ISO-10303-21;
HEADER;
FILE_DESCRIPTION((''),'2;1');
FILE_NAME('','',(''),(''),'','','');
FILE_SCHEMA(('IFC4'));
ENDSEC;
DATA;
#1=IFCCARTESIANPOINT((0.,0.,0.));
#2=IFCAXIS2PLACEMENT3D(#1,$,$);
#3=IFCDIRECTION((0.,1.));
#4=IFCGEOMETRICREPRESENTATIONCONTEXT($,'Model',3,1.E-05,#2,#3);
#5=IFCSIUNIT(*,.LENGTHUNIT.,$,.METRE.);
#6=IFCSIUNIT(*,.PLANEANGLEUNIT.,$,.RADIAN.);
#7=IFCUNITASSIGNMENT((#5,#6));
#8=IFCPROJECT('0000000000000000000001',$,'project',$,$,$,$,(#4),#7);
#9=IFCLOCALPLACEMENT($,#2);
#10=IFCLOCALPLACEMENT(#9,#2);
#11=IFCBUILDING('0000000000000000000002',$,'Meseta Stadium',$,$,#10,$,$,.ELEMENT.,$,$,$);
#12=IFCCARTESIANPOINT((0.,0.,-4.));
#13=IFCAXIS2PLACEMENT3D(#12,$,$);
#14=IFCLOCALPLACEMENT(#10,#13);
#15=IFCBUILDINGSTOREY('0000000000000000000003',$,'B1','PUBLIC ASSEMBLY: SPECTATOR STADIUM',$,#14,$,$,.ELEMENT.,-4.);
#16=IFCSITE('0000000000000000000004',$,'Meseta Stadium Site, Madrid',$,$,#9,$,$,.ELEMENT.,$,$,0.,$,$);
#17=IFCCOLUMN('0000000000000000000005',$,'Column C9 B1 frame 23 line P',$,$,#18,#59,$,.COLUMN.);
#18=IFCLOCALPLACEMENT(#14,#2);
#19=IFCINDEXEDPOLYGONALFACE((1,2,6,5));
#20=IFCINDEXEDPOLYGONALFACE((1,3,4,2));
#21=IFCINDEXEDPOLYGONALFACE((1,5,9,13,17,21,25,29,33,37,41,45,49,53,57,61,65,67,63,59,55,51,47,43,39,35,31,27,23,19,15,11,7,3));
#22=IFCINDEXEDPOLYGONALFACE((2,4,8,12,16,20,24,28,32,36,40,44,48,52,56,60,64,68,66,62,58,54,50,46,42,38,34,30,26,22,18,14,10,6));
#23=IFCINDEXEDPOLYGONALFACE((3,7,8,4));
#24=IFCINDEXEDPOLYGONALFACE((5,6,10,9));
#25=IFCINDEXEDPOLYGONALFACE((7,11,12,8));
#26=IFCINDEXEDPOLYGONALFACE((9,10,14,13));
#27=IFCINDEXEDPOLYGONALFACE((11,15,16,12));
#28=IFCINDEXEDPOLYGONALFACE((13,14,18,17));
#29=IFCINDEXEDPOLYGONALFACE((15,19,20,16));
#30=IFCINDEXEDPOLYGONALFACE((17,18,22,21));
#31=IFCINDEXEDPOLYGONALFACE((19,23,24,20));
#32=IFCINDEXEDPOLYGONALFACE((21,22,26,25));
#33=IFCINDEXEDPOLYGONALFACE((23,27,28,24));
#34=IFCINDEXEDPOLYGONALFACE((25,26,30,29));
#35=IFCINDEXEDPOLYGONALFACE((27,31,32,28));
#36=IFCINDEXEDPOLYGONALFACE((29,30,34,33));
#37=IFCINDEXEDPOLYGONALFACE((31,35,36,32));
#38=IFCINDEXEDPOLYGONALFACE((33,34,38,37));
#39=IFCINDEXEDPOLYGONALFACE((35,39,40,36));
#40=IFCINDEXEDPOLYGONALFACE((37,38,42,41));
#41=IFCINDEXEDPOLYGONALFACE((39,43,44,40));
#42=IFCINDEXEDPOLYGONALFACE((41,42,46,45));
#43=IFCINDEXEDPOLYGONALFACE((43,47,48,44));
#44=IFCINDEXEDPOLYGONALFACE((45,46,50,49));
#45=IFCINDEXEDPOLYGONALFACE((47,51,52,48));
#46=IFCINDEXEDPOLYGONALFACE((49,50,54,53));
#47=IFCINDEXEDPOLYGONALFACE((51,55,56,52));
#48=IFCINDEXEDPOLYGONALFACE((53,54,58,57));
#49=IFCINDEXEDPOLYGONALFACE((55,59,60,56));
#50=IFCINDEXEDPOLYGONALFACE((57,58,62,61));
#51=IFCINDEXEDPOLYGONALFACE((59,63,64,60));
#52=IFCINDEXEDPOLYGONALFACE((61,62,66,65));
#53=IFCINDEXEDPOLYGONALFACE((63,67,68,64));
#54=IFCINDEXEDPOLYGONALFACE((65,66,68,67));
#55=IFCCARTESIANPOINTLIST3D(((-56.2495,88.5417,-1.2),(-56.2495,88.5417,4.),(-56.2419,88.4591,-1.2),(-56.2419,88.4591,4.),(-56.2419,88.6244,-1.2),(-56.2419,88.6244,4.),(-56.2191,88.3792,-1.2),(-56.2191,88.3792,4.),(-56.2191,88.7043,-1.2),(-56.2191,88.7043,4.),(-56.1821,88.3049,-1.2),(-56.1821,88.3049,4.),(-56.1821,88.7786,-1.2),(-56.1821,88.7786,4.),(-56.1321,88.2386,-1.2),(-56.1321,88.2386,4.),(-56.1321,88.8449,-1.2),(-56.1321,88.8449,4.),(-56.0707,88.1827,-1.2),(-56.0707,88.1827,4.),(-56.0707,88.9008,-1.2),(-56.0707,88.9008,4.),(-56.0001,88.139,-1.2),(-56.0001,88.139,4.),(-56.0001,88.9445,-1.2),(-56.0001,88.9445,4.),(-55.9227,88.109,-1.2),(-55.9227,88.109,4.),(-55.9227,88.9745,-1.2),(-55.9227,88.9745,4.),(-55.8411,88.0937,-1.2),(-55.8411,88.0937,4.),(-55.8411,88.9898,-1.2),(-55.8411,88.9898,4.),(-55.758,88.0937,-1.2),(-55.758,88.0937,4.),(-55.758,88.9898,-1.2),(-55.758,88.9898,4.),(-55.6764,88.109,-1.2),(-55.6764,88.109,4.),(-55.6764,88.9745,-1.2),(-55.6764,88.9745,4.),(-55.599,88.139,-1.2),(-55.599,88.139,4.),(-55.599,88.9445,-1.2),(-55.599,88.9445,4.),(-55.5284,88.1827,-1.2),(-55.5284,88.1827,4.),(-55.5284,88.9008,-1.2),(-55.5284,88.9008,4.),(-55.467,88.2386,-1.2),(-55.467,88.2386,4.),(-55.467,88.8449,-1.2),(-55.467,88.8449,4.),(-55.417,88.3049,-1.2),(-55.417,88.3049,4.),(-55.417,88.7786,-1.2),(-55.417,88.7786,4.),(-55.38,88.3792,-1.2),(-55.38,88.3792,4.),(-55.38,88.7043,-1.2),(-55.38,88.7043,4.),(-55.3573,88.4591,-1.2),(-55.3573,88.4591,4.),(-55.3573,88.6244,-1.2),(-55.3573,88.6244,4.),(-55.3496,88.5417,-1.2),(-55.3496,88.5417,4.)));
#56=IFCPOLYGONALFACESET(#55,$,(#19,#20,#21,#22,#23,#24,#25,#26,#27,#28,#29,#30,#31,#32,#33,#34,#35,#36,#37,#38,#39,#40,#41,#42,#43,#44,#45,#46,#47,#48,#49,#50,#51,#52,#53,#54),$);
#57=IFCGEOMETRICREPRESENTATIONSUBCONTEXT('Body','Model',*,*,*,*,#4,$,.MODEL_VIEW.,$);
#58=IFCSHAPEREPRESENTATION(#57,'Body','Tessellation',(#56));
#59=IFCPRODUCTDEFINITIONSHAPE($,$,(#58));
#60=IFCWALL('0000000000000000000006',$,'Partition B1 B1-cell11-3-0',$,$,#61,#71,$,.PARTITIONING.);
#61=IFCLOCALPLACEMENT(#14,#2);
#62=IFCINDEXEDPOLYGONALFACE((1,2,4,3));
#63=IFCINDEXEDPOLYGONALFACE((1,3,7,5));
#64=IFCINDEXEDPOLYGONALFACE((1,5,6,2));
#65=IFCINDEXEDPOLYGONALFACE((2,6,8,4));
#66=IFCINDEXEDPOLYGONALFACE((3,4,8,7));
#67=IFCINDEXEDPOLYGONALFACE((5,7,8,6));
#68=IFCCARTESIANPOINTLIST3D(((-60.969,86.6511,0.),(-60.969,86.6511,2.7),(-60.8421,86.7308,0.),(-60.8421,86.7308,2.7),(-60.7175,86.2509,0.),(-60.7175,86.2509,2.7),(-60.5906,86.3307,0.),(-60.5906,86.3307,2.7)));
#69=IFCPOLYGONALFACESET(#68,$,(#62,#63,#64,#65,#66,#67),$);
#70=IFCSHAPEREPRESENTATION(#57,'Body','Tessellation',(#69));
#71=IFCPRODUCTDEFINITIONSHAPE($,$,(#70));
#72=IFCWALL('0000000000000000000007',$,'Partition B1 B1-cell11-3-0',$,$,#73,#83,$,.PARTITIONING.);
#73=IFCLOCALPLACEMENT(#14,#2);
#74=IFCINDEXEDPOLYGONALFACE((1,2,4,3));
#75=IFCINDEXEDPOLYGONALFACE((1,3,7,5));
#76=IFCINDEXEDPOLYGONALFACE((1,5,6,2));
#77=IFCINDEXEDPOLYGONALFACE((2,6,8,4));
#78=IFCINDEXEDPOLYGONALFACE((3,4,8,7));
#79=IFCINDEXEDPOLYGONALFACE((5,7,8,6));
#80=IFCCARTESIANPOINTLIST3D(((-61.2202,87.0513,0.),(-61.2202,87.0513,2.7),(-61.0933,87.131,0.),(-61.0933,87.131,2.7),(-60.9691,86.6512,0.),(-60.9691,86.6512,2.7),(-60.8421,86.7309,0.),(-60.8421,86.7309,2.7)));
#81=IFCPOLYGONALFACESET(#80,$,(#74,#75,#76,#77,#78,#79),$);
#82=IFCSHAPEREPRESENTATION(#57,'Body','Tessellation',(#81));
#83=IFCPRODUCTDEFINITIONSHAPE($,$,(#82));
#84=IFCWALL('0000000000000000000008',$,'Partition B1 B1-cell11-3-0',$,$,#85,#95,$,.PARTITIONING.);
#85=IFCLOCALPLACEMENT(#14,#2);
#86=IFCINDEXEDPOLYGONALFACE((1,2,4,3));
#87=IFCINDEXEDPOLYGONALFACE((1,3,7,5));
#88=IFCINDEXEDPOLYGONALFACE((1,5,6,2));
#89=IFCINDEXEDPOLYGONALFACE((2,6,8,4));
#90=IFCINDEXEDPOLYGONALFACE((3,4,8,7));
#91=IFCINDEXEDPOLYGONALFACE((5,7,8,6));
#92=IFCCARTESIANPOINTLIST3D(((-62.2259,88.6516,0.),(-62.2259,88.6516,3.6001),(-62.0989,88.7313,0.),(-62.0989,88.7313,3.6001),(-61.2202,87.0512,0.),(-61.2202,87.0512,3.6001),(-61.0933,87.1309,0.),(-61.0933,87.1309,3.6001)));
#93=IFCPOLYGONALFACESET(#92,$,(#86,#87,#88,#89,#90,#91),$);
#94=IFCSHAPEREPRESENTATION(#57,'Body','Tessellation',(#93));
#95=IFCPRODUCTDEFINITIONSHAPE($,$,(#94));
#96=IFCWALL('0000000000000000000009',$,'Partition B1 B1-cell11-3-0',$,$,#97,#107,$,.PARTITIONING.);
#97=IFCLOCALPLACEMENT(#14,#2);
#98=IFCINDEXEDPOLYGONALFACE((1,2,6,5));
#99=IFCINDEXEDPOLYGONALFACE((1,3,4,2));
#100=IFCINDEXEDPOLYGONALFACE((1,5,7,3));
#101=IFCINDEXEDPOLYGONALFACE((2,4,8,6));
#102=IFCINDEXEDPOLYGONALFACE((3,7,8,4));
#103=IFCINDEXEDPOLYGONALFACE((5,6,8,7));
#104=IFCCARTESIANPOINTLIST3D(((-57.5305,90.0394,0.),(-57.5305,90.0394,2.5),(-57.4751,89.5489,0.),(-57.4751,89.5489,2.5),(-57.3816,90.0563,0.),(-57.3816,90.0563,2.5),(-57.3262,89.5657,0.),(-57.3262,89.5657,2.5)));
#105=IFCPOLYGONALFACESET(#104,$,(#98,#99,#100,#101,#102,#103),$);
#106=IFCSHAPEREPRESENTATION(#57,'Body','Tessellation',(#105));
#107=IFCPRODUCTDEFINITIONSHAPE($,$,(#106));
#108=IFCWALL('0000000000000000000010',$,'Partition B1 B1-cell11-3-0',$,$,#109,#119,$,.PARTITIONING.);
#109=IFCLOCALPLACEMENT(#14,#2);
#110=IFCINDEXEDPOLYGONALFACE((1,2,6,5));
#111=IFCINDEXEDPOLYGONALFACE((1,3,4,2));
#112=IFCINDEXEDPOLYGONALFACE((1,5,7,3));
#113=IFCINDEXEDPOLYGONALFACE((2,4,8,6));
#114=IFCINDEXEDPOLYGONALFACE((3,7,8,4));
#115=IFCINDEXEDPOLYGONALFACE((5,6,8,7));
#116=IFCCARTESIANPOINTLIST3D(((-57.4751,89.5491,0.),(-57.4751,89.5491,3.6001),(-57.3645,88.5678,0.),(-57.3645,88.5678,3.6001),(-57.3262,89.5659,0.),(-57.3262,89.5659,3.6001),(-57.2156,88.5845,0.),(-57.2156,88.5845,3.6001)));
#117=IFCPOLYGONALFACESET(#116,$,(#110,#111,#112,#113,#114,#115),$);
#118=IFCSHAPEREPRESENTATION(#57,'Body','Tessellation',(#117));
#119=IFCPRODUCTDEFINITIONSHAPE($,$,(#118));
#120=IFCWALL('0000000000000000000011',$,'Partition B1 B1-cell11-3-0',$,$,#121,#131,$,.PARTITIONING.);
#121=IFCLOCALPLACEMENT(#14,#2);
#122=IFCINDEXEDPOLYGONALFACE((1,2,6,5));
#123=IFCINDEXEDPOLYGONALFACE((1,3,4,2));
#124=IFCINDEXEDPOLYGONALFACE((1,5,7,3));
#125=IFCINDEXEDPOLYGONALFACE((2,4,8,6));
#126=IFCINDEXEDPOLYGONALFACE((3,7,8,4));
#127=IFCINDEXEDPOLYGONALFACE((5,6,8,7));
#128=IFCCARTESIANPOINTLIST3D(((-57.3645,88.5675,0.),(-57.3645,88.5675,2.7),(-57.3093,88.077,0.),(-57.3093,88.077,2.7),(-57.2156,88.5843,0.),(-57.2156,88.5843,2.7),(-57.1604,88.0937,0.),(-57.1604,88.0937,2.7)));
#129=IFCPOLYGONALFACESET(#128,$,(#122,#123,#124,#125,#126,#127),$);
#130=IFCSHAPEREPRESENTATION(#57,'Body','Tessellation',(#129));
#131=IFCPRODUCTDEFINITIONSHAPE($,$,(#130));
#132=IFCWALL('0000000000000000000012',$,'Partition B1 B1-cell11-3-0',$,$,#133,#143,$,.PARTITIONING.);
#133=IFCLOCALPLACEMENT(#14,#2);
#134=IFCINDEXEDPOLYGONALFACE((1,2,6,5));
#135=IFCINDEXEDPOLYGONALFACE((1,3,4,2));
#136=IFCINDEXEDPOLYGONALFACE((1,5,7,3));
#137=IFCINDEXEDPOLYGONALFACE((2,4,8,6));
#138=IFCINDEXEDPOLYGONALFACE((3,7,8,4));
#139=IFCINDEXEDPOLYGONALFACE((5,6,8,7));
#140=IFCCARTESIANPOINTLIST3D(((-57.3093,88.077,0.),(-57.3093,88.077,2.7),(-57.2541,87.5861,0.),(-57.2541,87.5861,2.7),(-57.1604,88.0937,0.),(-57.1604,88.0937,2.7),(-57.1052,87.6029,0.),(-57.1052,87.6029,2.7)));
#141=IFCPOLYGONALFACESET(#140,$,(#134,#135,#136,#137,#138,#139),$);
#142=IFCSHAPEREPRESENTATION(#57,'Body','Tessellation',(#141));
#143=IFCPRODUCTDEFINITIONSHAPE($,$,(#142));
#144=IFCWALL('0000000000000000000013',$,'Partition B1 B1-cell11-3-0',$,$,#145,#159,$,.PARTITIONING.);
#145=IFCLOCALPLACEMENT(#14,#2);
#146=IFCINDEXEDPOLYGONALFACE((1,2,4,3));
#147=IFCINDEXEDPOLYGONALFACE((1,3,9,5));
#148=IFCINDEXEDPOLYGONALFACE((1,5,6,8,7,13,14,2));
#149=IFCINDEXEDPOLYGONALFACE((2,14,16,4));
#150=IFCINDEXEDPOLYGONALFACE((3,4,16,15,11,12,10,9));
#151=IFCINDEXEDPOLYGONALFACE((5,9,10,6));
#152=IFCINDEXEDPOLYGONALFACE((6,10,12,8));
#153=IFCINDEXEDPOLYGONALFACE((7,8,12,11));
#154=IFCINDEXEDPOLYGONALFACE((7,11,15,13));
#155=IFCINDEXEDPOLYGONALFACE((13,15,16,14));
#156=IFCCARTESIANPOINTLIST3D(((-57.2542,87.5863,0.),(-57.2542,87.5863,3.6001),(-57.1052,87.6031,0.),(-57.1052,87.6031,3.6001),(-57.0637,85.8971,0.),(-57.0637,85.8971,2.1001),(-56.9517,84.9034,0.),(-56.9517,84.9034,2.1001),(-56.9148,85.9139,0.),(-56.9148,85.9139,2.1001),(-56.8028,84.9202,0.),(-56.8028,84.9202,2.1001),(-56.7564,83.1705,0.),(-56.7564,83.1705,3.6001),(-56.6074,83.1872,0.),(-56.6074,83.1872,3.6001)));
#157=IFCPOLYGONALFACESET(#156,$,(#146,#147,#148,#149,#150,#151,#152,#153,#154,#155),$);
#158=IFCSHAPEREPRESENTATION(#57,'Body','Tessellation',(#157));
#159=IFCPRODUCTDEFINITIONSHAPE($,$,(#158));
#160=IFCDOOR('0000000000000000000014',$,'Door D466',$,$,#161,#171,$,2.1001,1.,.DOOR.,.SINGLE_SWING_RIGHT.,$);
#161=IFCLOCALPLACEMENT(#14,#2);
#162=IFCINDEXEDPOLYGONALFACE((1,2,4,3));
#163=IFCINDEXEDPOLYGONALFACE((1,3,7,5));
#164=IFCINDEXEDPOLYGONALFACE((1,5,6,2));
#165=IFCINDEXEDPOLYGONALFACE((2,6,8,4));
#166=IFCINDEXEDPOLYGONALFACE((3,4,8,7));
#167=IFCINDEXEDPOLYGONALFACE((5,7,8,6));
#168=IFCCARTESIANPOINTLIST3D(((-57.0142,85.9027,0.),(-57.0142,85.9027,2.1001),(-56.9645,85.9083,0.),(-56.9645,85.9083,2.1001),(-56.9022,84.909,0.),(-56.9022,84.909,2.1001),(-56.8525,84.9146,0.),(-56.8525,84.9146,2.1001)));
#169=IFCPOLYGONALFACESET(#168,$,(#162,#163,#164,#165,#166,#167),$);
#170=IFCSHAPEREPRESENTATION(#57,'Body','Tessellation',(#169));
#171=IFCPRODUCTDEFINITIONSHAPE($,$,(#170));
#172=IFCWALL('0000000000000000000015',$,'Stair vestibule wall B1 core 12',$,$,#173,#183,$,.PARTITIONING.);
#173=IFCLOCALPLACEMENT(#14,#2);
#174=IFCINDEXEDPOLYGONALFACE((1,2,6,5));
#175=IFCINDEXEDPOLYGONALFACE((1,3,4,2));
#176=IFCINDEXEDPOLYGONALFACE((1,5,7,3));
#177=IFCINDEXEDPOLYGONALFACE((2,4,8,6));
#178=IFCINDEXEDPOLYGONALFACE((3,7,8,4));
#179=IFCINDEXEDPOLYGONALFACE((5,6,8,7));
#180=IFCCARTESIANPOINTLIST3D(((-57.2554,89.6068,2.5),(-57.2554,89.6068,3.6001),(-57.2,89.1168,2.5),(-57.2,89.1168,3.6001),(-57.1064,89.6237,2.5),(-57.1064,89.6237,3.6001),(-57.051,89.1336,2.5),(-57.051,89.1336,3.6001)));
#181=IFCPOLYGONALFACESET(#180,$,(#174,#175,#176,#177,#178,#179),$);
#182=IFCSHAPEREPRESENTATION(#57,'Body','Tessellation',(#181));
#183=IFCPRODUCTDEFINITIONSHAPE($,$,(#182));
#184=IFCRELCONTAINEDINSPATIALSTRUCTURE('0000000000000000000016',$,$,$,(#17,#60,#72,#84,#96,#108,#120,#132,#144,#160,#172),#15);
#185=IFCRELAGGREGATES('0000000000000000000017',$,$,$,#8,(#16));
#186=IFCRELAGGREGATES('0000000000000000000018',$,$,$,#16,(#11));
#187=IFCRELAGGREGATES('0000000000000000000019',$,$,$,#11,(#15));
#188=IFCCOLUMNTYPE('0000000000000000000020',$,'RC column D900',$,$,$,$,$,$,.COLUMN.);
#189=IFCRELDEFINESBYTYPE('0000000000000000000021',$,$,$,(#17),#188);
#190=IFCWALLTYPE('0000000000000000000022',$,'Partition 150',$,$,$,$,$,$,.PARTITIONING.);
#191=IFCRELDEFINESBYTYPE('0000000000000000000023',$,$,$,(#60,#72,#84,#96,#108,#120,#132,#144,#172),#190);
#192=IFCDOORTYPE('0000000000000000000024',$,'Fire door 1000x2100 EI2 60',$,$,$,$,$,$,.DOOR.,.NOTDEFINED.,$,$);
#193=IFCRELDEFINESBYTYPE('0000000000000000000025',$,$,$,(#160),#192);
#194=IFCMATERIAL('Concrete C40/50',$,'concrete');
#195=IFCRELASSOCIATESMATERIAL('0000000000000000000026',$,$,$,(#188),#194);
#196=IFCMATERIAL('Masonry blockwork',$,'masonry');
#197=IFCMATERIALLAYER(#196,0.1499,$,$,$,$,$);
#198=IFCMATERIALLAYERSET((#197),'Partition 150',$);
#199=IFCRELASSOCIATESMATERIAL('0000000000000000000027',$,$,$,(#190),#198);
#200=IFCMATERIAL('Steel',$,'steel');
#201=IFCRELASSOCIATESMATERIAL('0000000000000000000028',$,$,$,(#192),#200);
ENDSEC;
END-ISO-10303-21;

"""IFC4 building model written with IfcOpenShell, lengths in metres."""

from ifc_helpers import new_model, si_unit, direction, frame, frame_2d, origin, origin_2d, place, context, subcontext, project, spatial, rectangle, circle, extrude, material, layer, layer_set, material_profile, profile_set, type_object, element, fill, save


model = new_model("IFC4")

# Units and contexts
model_context = context("Model", 3, precision=1e-05, world=origin(), true_north=direction((0.0, 1.0)))
body_context = subcontext(model_context, "Body", "Model", "MODEL_VIEW")
ifc_project = project(units=[si_unit("LENGTHUNIT", "METRE"), si_unit("PLANEANGLEUNIT", "RADIAN")], contexts=[model_context])

# Site, building, storey
site_placement = place(None, origin())
site = spatial("IfcSite", under=ifc_project, at=site_placement, Name="Meseta Stadium Site, Madrid", CompositionType="ELEMENT", RefElevation=0.0)
building_placement = place(site_placement, origin())
building = spatial("IfcBuilding", under=site, at=building_placement, Name="Meseta Stadium", CompositionType="ELEMENT")
storey_placement = place(building_placement, frame((0.0, 0.0, -4.0)))
storey = spatial("IfcBuildingStorey", under=building, at=storey_placement, Name="B1", Description="PUBLIC ASSEMBLY: SPECTATOR STADIUM", CompositionType="ELEMENT", Elevation=-4.0)

# Column
ifc_material_1 = material(Name="Concrete C40/50", Category="concrete")
ifc_material_profile = material_profile(ifc_material_1, circle(Radius=0.45, at=origin_2d()), Name="RC D900")
ifc_profile_set = profile_set([ifc_material_profile], Name="Concrete C40/50")
column_type = type_object("IfcColumnType", Name="RC column D900", PredefinedType="COLUMN", material=ifc_profile_set)
column_placement = place(storey_placement, frame((-55.7996, 88.5417, -1.2), z_axis=(0.0, 0.0, 1.0), x_axis=(1.0, 0.0, 0.0)))
element("IfcColumn", 1, at=column_placement, inside=storey, type_object=column_type, Name="Column C9 B1 frame 23 line P", PredefinedType="COLUMN", context=body_context, shape_type="SweptSolid", body=[
    extrude(circle(Radius=0.45, at=origin_2d()), origin(), (0.0, 0.0, 1.0), 5.2),
])

# Walls
ifc_material_2 = material(Name="Masonry blockwork", Category="masonry")
ifc_layer = layer(ifc_material_2, 0.1499)
ifc_layer_set = layer_set([ifc_layer], Name="Partition 150")
wall_type = type_object("IfcWallType", Name="Partition 150", PredefinedType="PARTITIONING", material=ifc_layer_set)
wall_1_placement = place(storey_placement, frame((-60.6541, 86.2908, 0.0), z_axis=(0.0, 0.0, 1.0), x_axis=(-0.532087, 0.84669, 0.0)))
element("IfcWall", 2, at=wall_1_placement, inside=storey, type_object=wall_type, Name="Partition B1 B1-cell11-3-0", PredefinedType="PARTITIONING", context=body_context, shape_type="SweptSolid", body=[
    extrude(rectangle(XDim=0.4727, YDim=0.1499, at=frame_2d((0.2363, 0.0))), origin(), (0.0, 0.0, 1.0), 2.7),
])
wall_2_placement = place(storey_placement, frame((-60.9055, 86.6909, 0.0), z_axis=(0.0, 0.0, 1.0), x_axis=(-0.531716, 0.846922, 0.0)))
element("IfcWall", 3, at=wall_2_placement, inside=storey, type_object=wall_type, Name="Partition B1 B1-cell11-3-0", PredefinedType="PARTITIONING", context=body_context, shape_type="SweptSolid", body=[
    extrude(rectangle(XDim=0.4724, YDim=0.1499, at=frame_2d((0.2363, 0.0))), origin(), (0.0, 0.0, 1.0), 2.7),
])
wall_3_placement = place(storey_placement, frame((-61.1567, 87.0911, 0.0), z_axis=(0.0, 0.0, 1.0), x_axis=(-0.532052, 0.846711, 0.0)))
element("IfcWall", 4, at=wall_3_placement, inside=storey, type_object=wall_type, Name="Partition B1 B1-cell11-3-0", PredefinedType="PARTITIONING", context=body_context, shape_type="SweptSolid", body=[
    extrude(rectangle(XDim=1.8901, YDim=0.1499, at=frame_2d((0.9451, 0.0))), origin(), (0.0, 0.0, 1.0), 3.6001),
])
wall_4_placement = place(storey_placement, frame((-57.4561, 90.0479, 0.0), z_axis=(0.0, 0.0, 1.0), x_axis=(0.112277, -0.993677, 0.0)))
element("IfcWall", 5, at=wall_4_placement, inside=storey, type_object=wall_type, Name="Partition B1 B1-cell11-3-0", PredefinedType="PARTITIONING", context=body_context, shape_type="SweptSolid", body=[
    extrude(rectangle(XDim=0.4937, YDim=0.1499, at=frame_2d((0.2468, 0.0))), origin(), (0.0, 0.0, 1.0), 2.5),
])
wall_5_placement = place(storey_placement, frame((-57.4006, 89.5574, 0.0), z_axis=(0.0, 0.0, 1.0), x_axis=(0.111978, -0.993711, 0.0)))
element("IfcWall", 6, at=wall_5_placement, inside=storey, type_object=wall_type, Name="Partition B1 B1-cell11-3-0", PredefinedType="PARTITIONING", context=body_context, shape_type="SweptSolid", body=[
    extrude(rectangle(XDim=0.9875, YDim=0.1499, at=frame_2d((0.4937, 0.0))), origin(), (0.0, 0.0, 1.0), 3.6001),
])
wall_6_placement = place(storey_placement, frame((-57.29, 88.5759, 0.0), z_axis=(0.0, 0.0, 1.0), x_axis=(0.111789, -0.993732, 0.0)))
element("IfcWall", 7, at=wall_6_placement, inside=storey, type_object=wall_type, Name="Partition B1 B1-cell11-3-0", PredefinedType="PARTITIONING", context=body_context, shape_type="SweptSolid", body=[
    extrude(rectangle(XDim=0.4937, YDim=0.1499, at=frame_2d((0.2468, 0.0))), origin(), (0.0, 0.0, 1.0), 2.7),
])
wall_7_placement = place(storey_placement, frame((-57.2349, 88.0854, 0.0), z_axis=(0.0, 0.0, 1.0), x_axis=(0.111734, -0.993738, 0.0)))
element("IfcWall", 8, at=wall_7_placement, inside=storey, type_object=wall_type, Name="Partition B1 B1-cell11-3-0", PredefinedType="PARTITIONING", context=body_context, shape_type="SweptSolid", body=[
    extrude(rectangle(XDim=0.4939, YDim=0.1499, at=frame_2d((0.2471, 0.0))), origin(), (0.0, 0.0, 1.0), 2.7),
])

# Wall, opening, door
wall_8_placement = place(storey_placement, frame((-57.1797, 87.5947, 0.0), z_axis=(0.0, 0.0, 1.0), x_axis=(0.112023, -0.993706, 0.0)))
wall_8 = element("IfcWall", 9, at=wall_8_placement, inside=storey, type_object=wall_type, Name="Partition B1 B1-cell11-3-0", PredefinedType="PARTITIONING", context=body_context, shape_type="SweptSolid", body=[
    extrude(rectangle(XDim=4.4438, YDim=0.1499, at=frame_2d((2.2219, 0.0))), origin(), (0.0, 0.0, 1.0), 3.6001),
])
opening_1_placement = place(wall_8_placement, frame((1.7, 0.0, 0.0)))
opening_1 = element("IfcOpeningElement", 10, at=opening_1_placement, cuts=wall_8, PredefinedType="OPENING", context=body_context, shape_type="SweptSolid", body=[
    extrude(rectangle(XDim=1.0, YDim=2.1001, at=frame_2d((0.5, 1.05))), frame((0.0, 0.085, 0.0), z_axis=(0.0, -1.0, 0.0), x_axis=(1.0, 0.0, 0.0)), (0.0, 0.0, 1.0), 0.1699),
])
ifc_material_3 = material(Name="Steel", Category="steel")
door_type = type_object("IfcDoorType", Name="Fire door 1000x2100 EI2 60", OperationType="NOTDEFINED", PredefinedType="DOOR", material=ifc_material_3)
door_1_placement = place(opening_1_placement, origin())
door_1 = element("IfcDoor", 11, at=door_1_placement, inside=storey, type_object=door_type, Name="Door D466", OperationType="SINGLE_SWING_RIGHT", OverallHeight=2.1001, OverallWidth=1.0, PredefinedType="DOOR", context=body_context, shape_type="SweptSolid", body=[
    extrude(rectangle(XDim=1.0, YDim=2.1001, at=frame_2d((0.5, 1.05))), frame((0.0, 0.0249, 0.0), z_axis=(0.0, -1.0, 0.0), x_axis=(1.0, 0.0, 0.0)), (0.0, 0.0, 1.0), 0.05),
])
fill(opening_1, door_1)

# Wall
wall_9_placement = place(storey_placement, frame((-57.1809, 89.6152, 2.5), z_axis=(0.0, 0.0, 1.0), x_axis=(0.112388, -0.993664, 0.0)))
element("IfcWall", 12, at=wall_9_placement, inside=storey, type_object=wall_type, Name="Stair vestibule wall B1 core 12", PredefinedType="PARTITIONING", context=body_context, shape_type="SweptSolid", body=[
    extrude(rectangle(XDim=0.4932, YDim=0.1499, at=frame_2d((0.2466, 0.0))), origin(), (0.0, 0.0, 1.0), 1.1001),
])

save(model, "model.ifc")
